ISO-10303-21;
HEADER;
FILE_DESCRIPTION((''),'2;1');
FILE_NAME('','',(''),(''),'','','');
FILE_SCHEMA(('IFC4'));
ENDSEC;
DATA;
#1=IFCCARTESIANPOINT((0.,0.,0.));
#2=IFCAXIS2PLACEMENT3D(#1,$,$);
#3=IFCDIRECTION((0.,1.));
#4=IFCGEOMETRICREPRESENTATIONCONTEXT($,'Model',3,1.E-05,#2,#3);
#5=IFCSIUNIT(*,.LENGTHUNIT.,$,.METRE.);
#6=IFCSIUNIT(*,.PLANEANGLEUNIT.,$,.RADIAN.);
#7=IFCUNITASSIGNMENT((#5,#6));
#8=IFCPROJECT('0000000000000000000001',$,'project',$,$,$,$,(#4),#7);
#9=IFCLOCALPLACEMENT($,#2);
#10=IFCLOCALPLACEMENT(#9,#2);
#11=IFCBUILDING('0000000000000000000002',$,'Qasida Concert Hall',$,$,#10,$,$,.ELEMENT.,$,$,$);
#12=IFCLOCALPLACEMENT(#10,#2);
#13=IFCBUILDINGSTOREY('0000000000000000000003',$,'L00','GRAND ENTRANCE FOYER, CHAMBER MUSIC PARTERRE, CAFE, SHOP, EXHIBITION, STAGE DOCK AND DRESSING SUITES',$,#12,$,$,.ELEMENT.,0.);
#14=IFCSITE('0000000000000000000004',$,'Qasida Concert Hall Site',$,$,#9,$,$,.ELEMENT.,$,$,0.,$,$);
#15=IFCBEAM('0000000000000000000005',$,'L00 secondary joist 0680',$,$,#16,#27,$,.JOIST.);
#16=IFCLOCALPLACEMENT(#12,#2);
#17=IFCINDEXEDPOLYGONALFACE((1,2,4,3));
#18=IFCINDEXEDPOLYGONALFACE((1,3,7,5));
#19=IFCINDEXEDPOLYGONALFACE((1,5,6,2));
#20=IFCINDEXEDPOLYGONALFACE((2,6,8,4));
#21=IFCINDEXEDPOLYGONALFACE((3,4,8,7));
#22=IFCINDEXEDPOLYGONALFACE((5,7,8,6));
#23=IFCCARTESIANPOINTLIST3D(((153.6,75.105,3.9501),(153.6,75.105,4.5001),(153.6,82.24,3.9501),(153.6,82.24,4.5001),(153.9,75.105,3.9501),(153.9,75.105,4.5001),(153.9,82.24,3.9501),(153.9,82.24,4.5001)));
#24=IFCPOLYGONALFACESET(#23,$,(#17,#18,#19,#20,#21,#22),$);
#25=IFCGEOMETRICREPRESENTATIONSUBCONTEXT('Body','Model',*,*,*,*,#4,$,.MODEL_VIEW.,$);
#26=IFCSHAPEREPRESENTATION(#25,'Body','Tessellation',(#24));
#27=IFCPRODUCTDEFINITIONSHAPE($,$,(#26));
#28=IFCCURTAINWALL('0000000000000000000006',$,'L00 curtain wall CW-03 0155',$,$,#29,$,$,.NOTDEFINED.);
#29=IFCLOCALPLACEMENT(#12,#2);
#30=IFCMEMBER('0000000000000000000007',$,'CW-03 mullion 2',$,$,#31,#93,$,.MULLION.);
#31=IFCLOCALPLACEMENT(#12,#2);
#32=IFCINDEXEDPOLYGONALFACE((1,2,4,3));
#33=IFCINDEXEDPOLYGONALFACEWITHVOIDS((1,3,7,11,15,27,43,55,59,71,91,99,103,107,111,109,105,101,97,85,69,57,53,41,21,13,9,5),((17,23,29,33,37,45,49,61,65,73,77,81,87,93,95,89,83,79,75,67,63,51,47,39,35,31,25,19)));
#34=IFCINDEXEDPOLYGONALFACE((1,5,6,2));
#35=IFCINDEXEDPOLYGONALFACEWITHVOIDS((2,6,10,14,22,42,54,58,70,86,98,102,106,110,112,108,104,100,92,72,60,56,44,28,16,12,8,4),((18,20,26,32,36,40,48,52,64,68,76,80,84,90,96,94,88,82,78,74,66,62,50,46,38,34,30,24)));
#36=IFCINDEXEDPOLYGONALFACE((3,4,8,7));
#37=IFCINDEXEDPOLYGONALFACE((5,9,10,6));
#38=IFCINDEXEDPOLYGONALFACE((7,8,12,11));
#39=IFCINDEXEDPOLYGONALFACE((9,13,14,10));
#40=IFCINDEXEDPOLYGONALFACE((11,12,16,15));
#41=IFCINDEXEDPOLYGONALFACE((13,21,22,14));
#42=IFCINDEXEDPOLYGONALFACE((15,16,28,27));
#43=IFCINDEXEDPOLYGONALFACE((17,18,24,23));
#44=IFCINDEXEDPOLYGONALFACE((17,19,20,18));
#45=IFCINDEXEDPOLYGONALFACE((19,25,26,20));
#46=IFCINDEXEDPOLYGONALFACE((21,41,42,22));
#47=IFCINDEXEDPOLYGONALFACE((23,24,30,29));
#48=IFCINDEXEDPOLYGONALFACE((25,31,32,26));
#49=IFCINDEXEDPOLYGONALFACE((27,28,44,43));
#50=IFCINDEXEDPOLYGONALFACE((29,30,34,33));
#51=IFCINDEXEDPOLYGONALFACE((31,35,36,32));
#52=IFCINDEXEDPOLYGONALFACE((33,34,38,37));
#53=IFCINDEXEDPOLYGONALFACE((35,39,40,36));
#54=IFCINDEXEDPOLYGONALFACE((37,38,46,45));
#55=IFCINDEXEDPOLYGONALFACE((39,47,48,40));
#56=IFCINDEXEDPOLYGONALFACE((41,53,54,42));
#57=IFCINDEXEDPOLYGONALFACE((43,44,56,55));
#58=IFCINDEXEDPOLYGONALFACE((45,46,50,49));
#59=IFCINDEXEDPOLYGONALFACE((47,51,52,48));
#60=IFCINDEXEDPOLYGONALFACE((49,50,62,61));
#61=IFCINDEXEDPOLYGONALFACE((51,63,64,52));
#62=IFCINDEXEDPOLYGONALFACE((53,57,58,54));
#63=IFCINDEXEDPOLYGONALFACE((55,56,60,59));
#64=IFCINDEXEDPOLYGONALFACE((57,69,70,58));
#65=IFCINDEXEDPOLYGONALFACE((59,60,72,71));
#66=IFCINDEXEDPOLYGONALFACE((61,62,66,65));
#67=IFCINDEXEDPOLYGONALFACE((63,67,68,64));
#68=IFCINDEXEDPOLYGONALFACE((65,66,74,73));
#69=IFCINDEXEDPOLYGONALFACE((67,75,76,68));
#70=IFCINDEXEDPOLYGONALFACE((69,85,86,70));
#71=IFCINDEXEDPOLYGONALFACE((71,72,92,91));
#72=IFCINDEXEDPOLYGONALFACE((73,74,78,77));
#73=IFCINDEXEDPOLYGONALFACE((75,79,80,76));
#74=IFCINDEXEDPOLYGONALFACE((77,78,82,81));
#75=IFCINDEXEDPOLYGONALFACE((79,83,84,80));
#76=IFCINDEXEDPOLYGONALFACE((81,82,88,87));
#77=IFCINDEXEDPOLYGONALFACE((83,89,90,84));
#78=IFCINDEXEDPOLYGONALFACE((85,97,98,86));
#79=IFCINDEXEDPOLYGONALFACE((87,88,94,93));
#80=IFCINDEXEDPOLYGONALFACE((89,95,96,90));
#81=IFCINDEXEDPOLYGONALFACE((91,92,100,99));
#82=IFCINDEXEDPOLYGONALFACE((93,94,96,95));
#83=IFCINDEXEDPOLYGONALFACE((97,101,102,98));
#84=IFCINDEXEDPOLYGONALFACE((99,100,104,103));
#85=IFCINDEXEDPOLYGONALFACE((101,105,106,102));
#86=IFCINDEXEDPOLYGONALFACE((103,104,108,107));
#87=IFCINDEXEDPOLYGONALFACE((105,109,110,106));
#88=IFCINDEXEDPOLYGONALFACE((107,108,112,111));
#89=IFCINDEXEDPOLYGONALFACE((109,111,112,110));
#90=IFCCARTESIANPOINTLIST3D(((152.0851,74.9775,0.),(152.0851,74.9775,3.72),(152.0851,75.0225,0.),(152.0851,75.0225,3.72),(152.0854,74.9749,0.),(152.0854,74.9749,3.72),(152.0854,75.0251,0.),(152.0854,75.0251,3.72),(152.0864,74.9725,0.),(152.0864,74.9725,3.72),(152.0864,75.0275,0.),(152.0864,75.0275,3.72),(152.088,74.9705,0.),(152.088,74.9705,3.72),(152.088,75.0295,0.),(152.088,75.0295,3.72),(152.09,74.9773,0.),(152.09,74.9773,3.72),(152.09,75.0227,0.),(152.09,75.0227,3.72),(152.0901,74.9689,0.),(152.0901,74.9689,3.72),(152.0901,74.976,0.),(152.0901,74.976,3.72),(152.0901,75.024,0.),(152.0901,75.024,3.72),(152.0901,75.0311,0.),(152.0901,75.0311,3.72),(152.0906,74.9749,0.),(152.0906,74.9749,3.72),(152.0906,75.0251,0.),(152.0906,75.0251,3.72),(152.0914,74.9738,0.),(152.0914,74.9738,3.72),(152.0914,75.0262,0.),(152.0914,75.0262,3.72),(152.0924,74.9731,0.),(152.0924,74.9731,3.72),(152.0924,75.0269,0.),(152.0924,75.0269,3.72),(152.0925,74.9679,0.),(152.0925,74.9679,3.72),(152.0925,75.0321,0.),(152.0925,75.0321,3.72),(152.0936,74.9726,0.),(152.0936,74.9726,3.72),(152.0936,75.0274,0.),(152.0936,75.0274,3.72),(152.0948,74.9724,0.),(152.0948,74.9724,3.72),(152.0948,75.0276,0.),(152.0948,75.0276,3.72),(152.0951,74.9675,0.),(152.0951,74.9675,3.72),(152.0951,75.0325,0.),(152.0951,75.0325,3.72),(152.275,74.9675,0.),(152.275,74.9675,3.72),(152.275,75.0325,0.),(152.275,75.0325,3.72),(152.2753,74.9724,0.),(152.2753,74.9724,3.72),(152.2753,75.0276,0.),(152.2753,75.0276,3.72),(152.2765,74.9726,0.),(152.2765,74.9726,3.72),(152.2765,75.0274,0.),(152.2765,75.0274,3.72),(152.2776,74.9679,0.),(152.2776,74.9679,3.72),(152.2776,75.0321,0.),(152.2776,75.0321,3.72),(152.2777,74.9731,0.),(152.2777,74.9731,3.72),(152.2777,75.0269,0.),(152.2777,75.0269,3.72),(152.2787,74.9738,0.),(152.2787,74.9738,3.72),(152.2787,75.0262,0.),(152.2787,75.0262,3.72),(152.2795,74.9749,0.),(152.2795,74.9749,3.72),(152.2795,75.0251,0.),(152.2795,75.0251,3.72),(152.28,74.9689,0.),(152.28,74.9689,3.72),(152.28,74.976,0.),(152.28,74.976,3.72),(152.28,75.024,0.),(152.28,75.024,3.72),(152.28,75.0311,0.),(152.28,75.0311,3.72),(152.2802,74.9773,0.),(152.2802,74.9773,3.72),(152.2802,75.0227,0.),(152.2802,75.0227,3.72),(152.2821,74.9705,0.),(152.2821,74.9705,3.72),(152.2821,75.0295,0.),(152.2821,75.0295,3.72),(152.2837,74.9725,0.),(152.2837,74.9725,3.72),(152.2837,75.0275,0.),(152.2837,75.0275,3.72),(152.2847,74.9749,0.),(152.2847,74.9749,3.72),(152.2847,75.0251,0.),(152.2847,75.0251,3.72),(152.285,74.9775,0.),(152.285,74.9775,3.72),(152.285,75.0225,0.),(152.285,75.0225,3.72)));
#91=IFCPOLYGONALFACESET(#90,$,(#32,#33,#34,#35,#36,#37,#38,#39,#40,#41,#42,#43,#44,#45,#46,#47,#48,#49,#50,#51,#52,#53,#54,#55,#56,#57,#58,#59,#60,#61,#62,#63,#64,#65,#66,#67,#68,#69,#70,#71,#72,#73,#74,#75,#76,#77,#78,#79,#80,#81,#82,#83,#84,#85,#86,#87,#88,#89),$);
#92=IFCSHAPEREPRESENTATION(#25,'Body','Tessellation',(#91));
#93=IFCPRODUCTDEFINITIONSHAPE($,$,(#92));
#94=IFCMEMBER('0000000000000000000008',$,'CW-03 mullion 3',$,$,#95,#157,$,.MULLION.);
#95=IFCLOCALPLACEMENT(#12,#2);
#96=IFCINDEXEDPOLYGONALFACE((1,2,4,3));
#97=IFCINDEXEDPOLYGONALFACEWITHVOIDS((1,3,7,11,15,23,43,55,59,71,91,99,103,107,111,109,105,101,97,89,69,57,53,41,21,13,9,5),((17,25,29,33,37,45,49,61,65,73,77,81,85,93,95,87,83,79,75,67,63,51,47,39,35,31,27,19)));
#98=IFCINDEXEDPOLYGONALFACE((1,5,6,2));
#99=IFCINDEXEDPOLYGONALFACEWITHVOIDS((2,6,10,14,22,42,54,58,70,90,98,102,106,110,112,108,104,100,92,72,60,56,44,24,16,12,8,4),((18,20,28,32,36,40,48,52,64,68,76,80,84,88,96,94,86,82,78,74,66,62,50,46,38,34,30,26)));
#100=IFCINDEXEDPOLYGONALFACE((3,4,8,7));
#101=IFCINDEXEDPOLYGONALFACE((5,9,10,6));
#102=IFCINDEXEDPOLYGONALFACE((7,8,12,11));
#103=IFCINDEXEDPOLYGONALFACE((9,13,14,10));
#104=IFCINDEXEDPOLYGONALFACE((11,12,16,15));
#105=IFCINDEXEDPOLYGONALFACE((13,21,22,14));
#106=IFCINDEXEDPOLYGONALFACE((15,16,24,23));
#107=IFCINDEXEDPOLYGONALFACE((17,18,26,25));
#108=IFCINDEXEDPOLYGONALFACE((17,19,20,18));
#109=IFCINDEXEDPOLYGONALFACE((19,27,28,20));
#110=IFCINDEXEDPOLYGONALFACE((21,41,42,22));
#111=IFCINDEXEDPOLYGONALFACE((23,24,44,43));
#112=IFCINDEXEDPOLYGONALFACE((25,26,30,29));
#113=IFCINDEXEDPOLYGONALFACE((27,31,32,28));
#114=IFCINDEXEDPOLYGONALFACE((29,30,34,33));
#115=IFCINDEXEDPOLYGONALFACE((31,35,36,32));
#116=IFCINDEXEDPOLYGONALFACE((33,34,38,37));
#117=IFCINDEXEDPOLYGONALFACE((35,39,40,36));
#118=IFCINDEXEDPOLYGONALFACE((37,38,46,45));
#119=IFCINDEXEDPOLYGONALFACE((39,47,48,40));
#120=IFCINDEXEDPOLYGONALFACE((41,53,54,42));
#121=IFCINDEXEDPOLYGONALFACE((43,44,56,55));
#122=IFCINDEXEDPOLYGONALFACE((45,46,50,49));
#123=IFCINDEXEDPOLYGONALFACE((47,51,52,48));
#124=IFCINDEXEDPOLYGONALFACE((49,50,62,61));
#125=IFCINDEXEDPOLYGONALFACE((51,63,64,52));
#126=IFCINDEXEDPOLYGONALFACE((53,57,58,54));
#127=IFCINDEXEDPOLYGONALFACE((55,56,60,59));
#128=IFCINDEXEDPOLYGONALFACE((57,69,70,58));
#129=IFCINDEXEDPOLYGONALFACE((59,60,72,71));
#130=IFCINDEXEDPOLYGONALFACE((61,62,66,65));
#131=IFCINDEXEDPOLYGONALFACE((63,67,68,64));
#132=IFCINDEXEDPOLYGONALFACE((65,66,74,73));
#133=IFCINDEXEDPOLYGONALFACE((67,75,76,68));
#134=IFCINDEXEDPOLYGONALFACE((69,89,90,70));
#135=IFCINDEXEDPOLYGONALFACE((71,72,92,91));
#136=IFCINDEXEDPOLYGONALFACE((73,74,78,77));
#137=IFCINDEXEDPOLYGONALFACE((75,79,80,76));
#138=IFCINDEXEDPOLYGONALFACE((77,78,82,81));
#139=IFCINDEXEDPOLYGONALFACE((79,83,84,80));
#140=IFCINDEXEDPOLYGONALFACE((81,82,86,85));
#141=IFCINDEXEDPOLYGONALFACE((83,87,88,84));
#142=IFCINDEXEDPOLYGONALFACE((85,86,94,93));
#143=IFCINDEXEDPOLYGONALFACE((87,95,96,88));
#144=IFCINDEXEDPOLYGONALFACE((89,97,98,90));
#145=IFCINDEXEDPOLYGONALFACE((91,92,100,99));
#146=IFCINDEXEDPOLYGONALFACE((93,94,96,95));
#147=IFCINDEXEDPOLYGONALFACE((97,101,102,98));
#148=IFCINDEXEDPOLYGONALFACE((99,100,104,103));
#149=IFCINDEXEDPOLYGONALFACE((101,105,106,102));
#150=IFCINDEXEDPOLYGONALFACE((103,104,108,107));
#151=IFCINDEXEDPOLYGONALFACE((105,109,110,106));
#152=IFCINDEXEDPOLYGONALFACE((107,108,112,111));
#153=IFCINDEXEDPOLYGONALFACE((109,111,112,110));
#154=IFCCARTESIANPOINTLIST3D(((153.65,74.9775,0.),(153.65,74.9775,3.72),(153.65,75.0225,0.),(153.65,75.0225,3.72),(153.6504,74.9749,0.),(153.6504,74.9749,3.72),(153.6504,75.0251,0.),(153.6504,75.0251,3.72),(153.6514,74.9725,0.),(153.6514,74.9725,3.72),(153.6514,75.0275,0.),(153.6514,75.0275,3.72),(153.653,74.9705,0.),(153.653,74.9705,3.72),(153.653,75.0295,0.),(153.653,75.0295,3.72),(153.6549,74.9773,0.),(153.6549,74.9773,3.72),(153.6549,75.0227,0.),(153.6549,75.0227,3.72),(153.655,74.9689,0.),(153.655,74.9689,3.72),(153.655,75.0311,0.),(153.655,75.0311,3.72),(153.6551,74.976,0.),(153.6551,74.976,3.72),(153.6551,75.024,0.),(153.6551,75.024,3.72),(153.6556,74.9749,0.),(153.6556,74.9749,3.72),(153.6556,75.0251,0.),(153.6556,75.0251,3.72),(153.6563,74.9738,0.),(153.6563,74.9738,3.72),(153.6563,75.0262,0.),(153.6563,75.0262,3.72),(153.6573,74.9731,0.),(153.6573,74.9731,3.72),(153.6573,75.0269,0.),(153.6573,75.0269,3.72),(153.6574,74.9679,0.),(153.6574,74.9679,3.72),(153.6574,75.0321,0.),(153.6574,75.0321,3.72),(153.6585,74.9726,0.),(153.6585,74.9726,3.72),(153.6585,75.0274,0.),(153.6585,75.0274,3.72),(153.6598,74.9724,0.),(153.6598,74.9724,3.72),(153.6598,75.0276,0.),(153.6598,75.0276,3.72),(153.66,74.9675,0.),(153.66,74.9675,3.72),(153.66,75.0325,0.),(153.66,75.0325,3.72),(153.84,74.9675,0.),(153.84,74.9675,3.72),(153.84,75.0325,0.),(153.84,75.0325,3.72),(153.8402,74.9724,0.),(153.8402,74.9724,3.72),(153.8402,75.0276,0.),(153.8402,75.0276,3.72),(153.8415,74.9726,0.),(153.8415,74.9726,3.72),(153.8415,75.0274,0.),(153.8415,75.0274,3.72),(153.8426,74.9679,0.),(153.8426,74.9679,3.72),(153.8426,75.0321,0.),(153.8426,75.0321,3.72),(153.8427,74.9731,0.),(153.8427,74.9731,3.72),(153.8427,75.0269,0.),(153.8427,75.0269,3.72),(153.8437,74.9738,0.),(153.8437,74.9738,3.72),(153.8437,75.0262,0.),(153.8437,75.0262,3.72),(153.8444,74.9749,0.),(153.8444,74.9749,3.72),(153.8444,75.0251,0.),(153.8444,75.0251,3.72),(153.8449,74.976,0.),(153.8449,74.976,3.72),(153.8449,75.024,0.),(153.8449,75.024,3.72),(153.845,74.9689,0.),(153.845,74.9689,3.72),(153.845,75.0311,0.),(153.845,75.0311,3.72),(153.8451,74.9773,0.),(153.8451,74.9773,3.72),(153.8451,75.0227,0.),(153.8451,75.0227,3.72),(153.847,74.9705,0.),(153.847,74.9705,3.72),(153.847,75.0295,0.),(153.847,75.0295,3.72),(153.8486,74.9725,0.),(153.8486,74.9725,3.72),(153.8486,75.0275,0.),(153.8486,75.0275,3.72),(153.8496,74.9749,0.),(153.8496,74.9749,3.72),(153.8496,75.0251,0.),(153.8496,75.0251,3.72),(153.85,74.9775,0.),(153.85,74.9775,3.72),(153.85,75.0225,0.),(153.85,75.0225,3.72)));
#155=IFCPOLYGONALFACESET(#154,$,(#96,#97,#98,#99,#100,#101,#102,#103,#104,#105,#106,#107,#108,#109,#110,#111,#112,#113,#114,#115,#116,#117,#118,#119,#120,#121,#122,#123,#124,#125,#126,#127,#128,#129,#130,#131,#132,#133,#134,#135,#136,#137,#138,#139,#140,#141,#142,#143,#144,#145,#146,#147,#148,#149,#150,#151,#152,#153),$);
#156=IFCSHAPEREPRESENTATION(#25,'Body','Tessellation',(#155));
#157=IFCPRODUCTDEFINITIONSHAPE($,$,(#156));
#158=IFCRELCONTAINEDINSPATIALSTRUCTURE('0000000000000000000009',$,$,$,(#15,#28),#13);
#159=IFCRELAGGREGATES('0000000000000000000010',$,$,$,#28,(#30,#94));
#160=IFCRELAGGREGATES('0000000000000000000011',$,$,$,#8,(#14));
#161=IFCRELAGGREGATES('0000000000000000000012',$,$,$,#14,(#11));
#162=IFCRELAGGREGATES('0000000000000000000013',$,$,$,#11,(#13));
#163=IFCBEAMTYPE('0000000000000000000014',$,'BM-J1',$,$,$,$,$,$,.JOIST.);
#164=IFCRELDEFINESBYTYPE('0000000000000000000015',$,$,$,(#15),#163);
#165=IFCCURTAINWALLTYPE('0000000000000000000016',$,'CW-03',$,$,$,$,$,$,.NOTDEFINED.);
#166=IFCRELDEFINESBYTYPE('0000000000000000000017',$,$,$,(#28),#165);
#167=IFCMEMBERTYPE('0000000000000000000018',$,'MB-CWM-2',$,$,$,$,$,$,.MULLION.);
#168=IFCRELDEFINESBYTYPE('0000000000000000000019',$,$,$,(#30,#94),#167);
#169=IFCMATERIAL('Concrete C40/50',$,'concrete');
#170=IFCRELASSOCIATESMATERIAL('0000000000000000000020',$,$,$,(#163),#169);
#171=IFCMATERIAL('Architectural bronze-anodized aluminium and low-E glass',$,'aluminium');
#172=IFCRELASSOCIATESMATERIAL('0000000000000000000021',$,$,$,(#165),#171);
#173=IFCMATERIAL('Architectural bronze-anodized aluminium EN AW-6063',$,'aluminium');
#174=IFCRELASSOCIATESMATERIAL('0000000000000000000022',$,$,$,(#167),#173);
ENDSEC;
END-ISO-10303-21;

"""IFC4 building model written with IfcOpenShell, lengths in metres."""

from ifc_helpers import new_model, si_unit, direction, frame, origin, origin_2d, place, context, subcontext, project, spatial, rectangle, hollow_rectangle, extrude, material, material_profile, profile_set, type_object, element, aggregate, save


model = new_model("IFC4")

# Units and contexts
model_context = context("Model", 3, precision=1e-05, world=origin(), true_north=direction((0.0, 1.0)))
body_context = subcontext(model_context, "Body", "Model", "MODEL_VIEW")
ifc_project = project(units=[si_unit("LENGTHUNIT", "METRE"), si_unit("PLANEANGLEUNIT", "RADIAN")], contexts=[model_context])

# Site, building, storey
site_placement = place(None, origin())
site = spatial("IfcSite", under=ifc_project, at=site_placement, Name="Qasida Concert Hall Site", CompositionType="ELEMENT", RefElevation=0.0)
building_placement = place(site_placement, origin())
building = spatial("IfcBuilding", under=site, at=building_placement, Name="Qasida Concert Hall", CompositionType="ELEMENT")
storey_placement = place(building_placement, origin())
storey = spatial("IfcBuildingStorey", under=building, at=storey_placement, Name="L00", Description="GRAND ENTRANCE FOYER, CHAMBER MUSIC PARTERRE, CAFE, SHOP, EXHIBITION, STAGE DOCK AND DRESSING SUITES", CompositionType="ELEMENT", Elevation=0.0)

# Beam
ifc_material_1 = material(Name="Concrete C40/50", Category="concrete")
ifc_material_profile_1 = material_profile(ifc_material_1, rectangle(XDim=0.3, YDim=0.55, at=origin_2d()), Name="RC 300x550")
ifc_profile_set_1 = profile_set([ifc_material_profile_1], Name="Concrete C40/50")
beam_type = type_object("IfcBeamType", Name="BM-J1", PredefinedType="JOIST", material=ifc_profile_set_1)
beam_placement = place(storey_placement, frame((153.75, 75.105, 4.2251), z_axis=(0.0, 1.0, 0.0), x_axis=(-1.0, 0.0, 0.0)))
element("IfcBeam", 1, at=beam_placement, inside=storey, type_object=beam_type, Name="L00 secondary joist 0680", PredefinedType="JOIST", context=body_context, shape_type="SweptSolid", body=[
    extrude(rectangle(XDim=0.3, YDim=0.55, at=origin_2d()), origin(), (0.0, 0.0, 1.0), 7.135),
])

# Curtain wall, members
ifc_material_2 = material(Name="Architectural bronze-anodized aluminium and low-E glass", Category="aluminium")
curtain_wall_type = type_object("IfcCurtainWallType", Name="CW-03", PredefinedType="NOTDEFINED", material=ifc_material_2)
curtain_wall_placement = place(storey_placement, origin())
curtain_wall = element("IfcCurtainWall", 2, at=curtain_wall_placement, inside=storey, type_object=curtain_wall_type, Name="L00 curtain wall CW-03 0155", PredefinedType="NOTDEFINED")
ifc_material_3 = material(Name="Architectural bronze-anodized aluminium EN AW-6063", Category="aluminium")
ifc_material_profile_2 = material_profile(ifc_material_3, hollow_rectangle(XDim=0.0649, YDim=0.2, WallThickness=0.0049, InnerFilletRadius=0.0049, OuterFilletRadius=0.01, at=origin_2d()), Name="CWM 200x65x5")
ifc_profile_set_2 = profile_set([ifc_material_profile_2], Name="Architectural bronze-anodized aluminium EN AW-6063")
member_type_1 = type_object("IfcMemberType", Name="MB-CWM-2", PredefinedType="MULLION", material=ifc_profile_set_2)
member_1_placement = place(storey_placement, frame((152.1851, 75.0, 0.0), z_axis=(0.0, 0.0, 1.0), x_axis=(0.0, 1.0, 0.0)))
member_1 = element("IfcMember", 3, at=member_1_placement, type_object=member_type_1, Name="CW-03 mullion 2", PredefinedType="MULLION", context=body_context, shape_type="SweptSolid", body=[
    extrude(hollow_rectangle(XDim=0.0649, YDim=0.2, WallThickness=0.0049, InnerFilletRadius=0.0049, OuterFilletRadius=0.01, at=origin_2d()), origin(), (0.0, 0.0, 1.0), 3.72),
])
member_2_placement = place(storey_placement, frame((153.75, 75.0, 0.0), z_axis=(0.0, 0.0, 1.0), x_axis=(0.0, 1.0, 0.0)))
member_2 = element("IfcMember", 4, at=member_2_placement, type_object=member_type_1, Name="CW-03 mullion 3", PredefinedType="MULLION", context=body_context, shape_type="SweptSolid", body=[
    extrude(hollow_rectangle(XDim=0.0649, YDim=0.2, WallThickness=0.0049, InnerFilletRadius=0.0049, OuterFilletRadius=0.01, at=origin_2d()), origin(), (0.0, 0.0, 1.0), 3.72),
])
aggregate(curtain_wall, [member_1, member_2])

save(model, "model.ifc")
